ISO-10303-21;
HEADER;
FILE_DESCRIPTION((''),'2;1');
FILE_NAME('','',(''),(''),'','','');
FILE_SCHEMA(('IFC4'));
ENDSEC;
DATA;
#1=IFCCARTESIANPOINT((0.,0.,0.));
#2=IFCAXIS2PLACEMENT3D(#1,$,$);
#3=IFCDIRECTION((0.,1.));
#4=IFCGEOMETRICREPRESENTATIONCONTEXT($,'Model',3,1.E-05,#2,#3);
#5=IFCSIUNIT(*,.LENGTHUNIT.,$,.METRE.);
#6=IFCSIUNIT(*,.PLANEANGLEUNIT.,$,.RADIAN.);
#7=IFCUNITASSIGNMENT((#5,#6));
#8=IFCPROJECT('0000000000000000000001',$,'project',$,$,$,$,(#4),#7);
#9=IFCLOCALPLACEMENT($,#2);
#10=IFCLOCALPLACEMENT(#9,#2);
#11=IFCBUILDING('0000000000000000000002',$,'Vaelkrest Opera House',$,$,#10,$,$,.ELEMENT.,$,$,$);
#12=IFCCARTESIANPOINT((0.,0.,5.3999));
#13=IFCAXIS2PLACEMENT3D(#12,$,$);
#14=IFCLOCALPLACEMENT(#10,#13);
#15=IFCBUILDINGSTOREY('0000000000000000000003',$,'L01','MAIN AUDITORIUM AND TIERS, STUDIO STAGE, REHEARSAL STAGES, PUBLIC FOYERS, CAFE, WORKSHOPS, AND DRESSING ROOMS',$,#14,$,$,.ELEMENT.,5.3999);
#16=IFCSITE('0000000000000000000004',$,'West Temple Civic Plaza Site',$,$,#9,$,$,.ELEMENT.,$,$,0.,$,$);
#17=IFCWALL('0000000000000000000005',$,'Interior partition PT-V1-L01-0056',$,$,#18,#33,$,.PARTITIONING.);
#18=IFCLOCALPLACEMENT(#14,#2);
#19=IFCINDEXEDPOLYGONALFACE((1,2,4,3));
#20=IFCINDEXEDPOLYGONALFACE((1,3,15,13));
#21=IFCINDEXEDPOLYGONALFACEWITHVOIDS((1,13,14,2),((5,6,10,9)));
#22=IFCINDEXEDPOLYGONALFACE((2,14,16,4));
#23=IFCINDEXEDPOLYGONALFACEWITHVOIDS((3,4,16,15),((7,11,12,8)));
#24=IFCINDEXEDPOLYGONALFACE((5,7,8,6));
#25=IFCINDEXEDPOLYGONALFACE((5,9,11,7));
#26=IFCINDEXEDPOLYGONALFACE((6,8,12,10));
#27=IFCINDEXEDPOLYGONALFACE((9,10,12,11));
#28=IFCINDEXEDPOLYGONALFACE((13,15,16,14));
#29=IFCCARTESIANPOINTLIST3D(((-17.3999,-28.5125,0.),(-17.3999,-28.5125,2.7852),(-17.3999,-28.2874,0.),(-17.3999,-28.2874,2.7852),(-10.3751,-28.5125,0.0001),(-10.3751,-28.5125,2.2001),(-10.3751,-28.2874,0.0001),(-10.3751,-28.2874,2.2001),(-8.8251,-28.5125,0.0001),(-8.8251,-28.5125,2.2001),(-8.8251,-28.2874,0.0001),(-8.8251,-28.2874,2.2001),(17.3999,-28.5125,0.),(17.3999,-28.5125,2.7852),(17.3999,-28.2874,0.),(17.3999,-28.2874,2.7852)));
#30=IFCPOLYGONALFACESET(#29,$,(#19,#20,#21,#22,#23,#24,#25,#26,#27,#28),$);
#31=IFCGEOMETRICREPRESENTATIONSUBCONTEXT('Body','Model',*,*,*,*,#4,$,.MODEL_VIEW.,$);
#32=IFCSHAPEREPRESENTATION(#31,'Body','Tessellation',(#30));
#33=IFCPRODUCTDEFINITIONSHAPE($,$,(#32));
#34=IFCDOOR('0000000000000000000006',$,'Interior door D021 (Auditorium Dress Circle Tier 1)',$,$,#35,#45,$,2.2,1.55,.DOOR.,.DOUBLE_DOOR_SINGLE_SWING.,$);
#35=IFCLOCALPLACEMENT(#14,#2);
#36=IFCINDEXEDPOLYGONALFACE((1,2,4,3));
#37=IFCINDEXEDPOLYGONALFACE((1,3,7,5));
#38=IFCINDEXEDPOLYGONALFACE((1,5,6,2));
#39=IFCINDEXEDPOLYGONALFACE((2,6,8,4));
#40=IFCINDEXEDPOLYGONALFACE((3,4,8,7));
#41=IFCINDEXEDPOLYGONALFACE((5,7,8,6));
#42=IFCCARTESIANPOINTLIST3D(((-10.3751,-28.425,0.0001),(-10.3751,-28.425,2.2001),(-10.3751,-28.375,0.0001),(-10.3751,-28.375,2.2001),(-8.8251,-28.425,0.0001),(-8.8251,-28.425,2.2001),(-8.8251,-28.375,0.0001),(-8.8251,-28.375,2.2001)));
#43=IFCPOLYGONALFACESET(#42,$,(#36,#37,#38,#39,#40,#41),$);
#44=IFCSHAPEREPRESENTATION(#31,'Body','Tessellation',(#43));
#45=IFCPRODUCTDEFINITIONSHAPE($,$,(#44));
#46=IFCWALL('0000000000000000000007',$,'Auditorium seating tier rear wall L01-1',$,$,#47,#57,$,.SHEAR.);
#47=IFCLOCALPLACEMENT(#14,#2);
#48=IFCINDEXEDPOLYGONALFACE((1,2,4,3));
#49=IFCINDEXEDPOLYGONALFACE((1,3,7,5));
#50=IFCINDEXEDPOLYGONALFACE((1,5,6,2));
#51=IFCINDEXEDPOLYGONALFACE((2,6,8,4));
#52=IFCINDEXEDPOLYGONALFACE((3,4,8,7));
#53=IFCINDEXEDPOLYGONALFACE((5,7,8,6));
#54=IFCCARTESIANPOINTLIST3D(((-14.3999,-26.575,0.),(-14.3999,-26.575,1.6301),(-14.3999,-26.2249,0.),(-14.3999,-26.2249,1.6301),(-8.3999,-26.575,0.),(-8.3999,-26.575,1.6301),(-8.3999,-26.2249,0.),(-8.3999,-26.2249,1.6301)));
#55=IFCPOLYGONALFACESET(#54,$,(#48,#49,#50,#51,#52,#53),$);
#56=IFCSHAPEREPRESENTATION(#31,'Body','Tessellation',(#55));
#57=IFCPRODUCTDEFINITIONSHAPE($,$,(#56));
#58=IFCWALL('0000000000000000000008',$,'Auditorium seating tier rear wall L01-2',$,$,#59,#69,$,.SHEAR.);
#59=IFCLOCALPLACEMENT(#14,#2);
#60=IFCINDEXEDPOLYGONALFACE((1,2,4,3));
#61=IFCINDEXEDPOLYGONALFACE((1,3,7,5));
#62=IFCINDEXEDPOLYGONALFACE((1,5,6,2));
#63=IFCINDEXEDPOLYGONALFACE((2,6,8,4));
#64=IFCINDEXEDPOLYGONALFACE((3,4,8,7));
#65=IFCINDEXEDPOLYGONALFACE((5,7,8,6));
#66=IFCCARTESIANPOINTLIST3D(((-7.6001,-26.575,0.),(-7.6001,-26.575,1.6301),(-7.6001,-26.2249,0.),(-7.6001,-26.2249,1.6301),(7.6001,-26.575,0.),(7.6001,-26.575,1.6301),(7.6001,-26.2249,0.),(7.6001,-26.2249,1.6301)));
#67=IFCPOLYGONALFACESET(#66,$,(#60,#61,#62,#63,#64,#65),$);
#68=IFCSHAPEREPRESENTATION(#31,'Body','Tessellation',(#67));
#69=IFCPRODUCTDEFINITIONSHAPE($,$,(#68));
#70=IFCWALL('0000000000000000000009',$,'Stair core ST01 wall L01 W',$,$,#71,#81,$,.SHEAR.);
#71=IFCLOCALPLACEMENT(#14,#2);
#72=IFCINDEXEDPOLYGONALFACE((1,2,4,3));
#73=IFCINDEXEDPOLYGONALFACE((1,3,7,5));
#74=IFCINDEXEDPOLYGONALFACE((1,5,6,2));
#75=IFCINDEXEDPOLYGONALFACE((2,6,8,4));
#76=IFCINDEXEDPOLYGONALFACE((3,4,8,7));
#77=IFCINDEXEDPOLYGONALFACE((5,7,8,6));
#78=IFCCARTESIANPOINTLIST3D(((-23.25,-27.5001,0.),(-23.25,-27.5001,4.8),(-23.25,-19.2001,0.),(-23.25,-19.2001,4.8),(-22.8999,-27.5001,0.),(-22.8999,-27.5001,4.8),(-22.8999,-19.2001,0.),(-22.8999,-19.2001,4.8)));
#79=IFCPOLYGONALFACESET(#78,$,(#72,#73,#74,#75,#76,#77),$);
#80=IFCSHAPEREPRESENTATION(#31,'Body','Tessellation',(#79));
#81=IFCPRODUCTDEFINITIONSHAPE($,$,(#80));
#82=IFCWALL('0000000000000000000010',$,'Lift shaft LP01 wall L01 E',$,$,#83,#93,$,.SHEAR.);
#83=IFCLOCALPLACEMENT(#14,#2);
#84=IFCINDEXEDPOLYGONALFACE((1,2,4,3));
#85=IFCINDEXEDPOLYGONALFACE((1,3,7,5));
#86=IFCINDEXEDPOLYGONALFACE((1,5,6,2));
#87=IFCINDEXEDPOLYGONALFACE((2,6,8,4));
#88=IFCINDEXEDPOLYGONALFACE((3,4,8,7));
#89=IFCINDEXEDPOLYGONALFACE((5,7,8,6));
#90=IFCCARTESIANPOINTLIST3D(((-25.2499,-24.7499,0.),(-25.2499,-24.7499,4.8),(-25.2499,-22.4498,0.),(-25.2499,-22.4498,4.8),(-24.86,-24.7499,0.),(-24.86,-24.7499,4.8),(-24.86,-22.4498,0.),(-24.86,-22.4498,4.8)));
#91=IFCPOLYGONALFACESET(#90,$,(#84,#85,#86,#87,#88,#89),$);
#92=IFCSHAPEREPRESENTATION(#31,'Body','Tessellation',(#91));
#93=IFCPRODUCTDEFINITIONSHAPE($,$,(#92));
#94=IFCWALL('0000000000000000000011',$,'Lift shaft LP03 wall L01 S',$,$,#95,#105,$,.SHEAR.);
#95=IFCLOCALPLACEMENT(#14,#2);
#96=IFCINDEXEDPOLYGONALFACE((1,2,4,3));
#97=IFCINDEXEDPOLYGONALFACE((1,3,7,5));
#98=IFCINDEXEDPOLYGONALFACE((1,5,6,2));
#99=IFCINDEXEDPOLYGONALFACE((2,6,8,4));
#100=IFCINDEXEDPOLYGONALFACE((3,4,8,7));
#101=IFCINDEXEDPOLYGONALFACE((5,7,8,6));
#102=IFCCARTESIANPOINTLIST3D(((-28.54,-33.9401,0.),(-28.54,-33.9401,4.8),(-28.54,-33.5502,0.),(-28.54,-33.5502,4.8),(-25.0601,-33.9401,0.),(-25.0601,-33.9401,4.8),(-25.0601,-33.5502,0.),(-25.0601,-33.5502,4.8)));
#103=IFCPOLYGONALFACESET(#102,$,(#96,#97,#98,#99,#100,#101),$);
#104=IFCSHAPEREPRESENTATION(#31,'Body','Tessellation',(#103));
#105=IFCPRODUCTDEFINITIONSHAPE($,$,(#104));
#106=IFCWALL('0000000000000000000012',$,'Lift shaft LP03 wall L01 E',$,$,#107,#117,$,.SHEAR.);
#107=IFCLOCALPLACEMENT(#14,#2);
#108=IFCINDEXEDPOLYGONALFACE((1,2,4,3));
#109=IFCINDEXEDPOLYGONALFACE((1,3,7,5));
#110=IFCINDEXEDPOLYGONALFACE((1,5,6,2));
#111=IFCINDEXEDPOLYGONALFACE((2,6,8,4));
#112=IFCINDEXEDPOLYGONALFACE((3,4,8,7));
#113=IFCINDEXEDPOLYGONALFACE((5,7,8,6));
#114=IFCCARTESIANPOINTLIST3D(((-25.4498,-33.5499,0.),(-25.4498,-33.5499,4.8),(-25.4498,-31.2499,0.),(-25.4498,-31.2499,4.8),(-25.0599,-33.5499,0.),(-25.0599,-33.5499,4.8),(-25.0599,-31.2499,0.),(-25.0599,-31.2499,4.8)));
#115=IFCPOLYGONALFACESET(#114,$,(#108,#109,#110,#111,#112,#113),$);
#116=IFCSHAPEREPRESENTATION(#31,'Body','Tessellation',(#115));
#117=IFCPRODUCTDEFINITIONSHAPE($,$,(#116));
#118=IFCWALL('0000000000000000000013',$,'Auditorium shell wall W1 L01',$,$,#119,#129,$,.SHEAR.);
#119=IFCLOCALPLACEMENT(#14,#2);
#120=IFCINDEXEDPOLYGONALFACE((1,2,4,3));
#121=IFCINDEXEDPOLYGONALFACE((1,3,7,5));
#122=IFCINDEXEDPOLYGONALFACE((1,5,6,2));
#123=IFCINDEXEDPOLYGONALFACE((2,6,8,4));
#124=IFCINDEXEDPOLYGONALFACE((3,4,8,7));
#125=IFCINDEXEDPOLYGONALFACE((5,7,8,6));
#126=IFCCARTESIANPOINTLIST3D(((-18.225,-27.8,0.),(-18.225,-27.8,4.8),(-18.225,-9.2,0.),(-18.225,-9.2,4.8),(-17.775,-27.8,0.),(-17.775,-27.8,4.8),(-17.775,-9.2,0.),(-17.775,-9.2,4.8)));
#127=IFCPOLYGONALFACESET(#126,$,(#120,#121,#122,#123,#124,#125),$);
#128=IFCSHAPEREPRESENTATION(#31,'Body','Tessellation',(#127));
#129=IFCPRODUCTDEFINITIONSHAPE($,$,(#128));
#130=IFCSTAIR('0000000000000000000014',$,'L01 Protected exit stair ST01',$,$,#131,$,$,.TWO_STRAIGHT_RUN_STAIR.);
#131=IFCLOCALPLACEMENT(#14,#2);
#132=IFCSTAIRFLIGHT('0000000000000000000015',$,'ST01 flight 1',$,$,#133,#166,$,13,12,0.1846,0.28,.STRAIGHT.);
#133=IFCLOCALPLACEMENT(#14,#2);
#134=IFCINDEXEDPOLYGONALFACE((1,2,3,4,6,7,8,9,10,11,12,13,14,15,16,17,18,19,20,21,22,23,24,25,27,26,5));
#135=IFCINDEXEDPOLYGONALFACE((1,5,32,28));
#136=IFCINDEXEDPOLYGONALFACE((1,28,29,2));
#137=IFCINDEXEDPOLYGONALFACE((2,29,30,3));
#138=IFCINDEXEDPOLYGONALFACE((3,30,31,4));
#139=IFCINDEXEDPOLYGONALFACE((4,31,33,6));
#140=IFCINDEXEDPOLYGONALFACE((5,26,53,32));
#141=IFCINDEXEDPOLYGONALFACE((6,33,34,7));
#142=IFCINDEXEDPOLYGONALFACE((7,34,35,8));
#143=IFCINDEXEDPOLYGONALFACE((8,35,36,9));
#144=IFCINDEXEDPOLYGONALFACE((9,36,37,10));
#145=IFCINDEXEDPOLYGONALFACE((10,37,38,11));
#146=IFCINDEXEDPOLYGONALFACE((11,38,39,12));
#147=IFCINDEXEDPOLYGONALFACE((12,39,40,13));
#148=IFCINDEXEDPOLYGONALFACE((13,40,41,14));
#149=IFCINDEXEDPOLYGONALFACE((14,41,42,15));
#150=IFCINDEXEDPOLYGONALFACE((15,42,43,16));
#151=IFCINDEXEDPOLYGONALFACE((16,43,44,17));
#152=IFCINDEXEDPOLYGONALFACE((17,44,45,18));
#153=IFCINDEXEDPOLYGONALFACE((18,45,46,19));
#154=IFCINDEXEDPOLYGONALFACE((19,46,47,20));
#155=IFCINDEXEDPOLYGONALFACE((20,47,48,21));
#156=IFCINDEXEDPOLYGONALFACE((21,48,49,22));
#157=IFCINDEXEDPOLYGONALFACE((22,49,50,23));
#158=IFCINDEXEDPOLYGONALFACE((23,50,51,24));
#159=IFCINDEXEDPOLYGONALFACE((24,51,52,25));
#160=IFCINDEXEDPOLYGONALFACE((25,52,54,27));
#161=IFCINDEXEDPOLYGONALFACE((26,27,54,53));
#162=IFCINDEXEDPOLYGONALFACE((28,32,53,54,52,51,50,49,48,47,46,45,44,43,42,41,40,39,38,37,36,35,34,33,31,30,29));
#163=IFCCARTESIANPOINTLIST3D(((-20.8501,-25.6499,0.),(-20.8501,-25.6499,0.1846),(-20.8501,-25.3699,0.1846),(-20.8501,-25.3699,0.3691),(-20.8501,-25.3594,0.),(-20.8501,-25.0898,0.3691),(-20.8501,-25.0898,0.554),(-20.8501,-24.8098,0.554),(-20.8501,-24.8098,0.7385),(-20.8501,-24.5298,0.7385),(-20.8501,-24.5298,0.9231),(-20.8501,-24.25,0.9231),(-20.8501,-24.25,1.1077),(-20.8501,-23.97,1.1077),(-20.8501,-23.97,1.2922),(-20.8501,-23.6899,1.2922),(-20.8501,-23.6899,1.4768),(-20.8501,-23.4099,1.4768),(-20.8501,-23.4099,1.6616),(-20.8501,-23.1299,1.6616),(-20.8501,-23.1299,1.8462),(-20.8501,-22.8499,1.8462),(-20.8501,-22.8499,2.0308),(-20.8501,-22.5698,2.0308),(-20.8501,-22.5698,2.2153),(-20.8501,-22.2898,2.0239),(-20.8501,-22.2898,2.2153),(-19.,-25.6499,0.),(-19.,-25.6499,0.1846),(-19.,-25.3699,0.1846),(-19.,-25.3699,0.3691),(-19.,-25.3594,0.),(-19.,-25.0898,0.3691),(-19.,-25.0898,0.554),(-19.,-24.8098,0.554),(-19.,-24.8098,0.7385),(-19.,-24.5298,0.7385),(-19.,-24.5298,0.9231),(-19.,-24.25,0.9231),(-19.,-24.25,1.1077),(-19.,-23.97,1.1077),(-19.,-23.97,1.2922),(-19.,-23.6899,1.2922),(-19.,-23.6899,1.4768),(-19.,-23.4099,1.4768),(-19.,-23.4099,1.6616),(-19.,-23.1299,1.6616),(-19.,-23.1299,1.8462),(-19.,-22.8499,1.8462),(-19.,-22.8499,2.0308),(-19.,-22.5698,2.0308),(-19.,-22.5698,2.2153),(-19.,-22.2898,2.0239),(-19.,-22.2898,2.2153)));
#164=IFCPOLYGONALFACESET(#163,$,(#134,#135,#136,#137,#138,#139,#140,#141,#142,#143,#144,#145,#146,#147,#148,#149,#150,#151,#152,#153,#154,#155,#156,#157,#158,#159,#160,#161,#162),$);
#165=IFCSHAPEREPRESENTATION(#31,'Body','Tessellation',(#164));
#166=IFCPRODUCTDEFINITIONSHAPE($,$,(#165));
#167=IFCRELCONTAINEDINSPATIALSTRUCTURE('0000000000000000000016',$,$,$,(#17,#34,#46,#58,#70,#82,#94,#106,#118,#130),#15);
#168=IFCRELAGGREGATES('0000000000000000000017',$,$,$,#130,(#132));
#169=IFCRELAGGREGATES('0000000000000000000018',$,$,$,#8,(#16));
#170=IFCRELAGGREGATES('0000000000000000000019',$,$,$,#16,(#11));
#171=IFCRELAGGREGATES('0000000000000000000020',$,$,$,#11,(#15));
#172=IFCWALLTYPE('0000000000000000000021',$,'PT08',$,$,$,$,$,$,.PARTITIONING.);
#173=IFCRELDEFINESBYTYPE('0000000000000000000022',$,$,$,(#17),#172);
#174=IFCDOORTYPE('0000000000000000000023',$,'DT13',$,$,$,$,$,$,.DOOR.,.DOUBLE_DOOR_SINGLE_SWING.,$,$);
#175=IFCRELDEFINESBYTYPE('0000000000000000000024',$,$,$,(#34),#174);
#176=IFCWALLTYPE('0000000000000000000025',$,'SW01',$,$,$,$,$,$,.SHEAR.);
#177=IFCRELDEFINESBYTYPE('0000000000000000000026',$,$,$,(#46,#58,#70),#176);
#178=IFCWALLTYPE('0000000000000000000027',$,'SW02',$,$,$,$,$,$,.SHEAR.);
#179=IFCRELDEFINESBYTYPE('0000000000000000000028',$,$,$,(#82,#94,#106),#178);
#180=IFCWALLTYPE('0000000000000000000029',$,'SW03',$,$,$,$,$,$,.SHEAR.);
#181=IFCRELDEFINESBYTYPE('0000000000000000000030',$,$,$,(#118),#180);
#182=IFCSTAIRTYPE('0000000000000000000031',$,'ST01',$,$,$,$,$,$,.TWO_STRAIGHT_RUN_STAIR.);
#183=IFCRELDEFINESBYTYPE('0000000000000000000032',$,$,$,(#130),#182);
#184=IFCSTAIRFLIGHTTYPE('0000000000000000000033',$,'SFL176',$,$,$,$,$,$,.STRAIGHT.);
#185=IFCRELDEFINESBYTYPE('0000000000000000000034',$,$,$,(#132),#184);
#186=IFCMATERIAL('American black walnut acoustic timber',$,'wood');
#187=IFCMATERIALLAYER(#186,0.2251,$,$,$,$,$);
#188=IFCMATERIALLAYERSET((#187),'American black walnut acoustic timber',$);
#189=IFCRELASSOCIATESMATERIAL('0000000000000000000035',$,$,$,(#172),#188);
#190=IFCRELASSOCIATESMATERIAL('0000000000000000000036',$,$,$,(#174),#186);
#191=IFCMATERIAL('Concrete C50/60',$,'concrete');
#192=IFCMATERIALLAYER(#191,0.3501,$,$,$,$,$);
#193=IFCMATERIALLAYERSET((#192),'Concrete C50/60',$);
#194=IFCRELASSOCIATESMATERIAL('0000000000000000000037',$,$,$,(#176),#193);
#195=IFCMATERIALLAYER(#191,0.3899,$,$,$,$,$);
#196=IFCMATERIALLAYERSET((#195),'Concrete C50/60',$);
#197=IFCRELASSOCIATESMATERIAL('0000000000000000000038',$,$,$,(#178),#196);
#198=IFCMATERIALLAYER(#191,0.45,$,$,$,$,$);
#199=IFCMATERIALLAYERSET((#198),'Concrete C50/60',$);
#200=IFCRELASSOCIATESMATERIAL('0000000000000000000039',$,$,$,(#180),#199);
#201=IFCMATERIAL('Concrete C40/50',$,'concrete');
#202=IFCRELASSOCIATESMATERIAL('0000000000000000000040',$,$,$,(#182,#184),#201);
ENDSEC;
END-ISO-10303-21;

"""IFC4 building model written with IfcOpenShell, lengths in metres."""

from ifc_helpers import new_model, si_unit, direction, frame, frame_2d, origin, place, context, subcontext, project, spatial, polyline, rectangle, outline, extrude, material, layer, layer_set, type_object, element, fill, aggregate, save


model = new_model("IFC4")

# Units and contexts
model_context = context("Model", 3, precision=1e-05, world=origin(), true_north=direction((0.0, 1.0)))
body_context = subcontext(model_context, "Body", "Model", "MODEL_VIEW")
ifc_project = project(units=[si_unit("LENGTHUNIT", "METRE"), si_unit("PLANEANGLEUNIT", "RADIAN")], contexts=[model_context])

# Site, building, storey
site_placement = place(None, origin())
site = spatial("IfcSite", under=ifc_project, at=site_placement, Name="West Temple Civic Plaza Site", CompositionType="ELEMENT", RefElevation=0.0)
building_placement = place(site_placement, origin())
building = spatial("IfcBuilding", under=site, at=building_placement, Name="Vaelkrest Opera House", CompositionType="ELEMENT")
storey_placement = place(building_placement, frame((0.0, 0.0, 5.3999)))
storey = spatial("IfcBuildingStorey", under=building, at=storey_placement, Name="L01", Description="MAIN AUDITORIUM AND TIERS, STUDIO STAGE, REHEARSAL STAGES, PUBLIC FOYERS, CAFE, WORKSHOPS, AND DRESSING ROOMS", CompositionType="ELEMENT", Elevation=5.3999)

# Shared definitions
ifc_material_1 = material(Name="Concrete C50/60", Category="concrete")

# Wall, opening, door
ifc_material_2 = material(Name="American black walnut acoustic timber", Category="wood")
ifc_layer_1 = layer(ifc_material_2, 0.2251)
ifc_layer_set_1 = layer_set([ifc_layer_1], Name="American black walnut acoustic timber")
wall_type_1 = type_object("IfcWallType", Name="PT08", PredefinedType="PARTITIONING", material=ifc_layer_set_1)
wall_1_placement = place(storey_placement, frame((-17.3999, -28.3999, 0.0), z_axis=(0.0, 0.0, 1.0), x_axis=(1.0, 0.0, 0.0)))
wall_1 = element("IfcWall", 1, at=wall_1_placement, inside=storey, type_object=wall_type_1, Name="Interior partition PT-V1-L01-0056", PredefinedType="PARTITIONING", context=body_context, shape_type="SweptSolid", body=[
    extrude(rectangle(XDim=34.7998, YDim=0.2251, at=frame_2d((17.3999, 0.0))), origin(), (0.0, 0.0, 1.0), 2.7852),
])
opening_1_placement = place(wall_1_placement, frame((7.0249, 0.0, 0.0)))
opening_1 = element("IfcOpeningElement", 2, at=opening_1_placement, cuts=wall_1, PredefinedType="OPENING", context=body_context, shape_type="SweptSolid", body=[
    extrude(rectangle(XDim=1.55, YDim=2.2, at=frame_2d((0.7749, 1.1001))), frame((0.0, 0.1226, 0.0), z_axis=(0.0, -1.0, 0.0), x_axis=(1.0, 0.0, 0.0)), (0.0, 0.0, 1.0), 0.2451),
])
door_type_1 = type_object("IfcDoorType", Name="DT13", OperationType="DOUBLE_DOOR_SINGLE_SWING", PredefinedType="DOOR", material=ifc_material_2)
door_1_placement = place(opening_1_placement, origin())
door_1 = element("IfcDoor", 3, at=door_1_placement, inside=storey, type_object=door_type_1, Name="Interior door D021 (Auditorium Dress Circle Tier 1)", OperationType="DOUBLE_DOOR_SINGLE_SWING", OverallHeight=2.2, OverallWidth=1.55, PredefinedType="DOOR", context=body_context, shape_type="SweptSolid", body=[
    extrude(rectangle(XDim=1.55, YDim=2.2, at=frame_2d((0.7749, 1.1001))), frame((0.0, 0.0249, 0.0), z_axis=(0.0, -1.0, 0.0), x_axis=(1.0, 0.0, 0.0)), (0.0, 0.0, 1.0), 0.05),
])
fill(opening_1, door_1)

# Walls
ifc_layer_2 = layer(ifc_material_1, 0.3501)
ifc_layer_set_2 = layer_set([ifc_layer_2], Name="Concrete C50/60")
wall_type_2 = type_object("IfcWallType", Name="SW01", PredefinedType="SHEAR", material=ifc_layer_set_2)
wall_2_placement = place(storey_placement, frame((-14.3999, -26.3999, 0.0), z_axis=(0.0, 0.0, 1.0), x_axis=(1.0, 0.0, 0.0)))
element("IfcWall", 4, at=wall_2_placement, inside=storey, type_object=wall_type_2, Name="Auditorium seating tier rear wall L01-1", PredefinedType="SHEAR", context=body_context, shape_type="SweptSolid", body=[
    extrude(rectangle(XDim=6.0, YDim=0.3501, at=frame_2d((3.0, 0.0))), origin(), (0.0, 0.0, 1.0), 1.6301),
])
wall_3_placement = place(storey_placement, frame((-7.6001, -26.3999, 0.0), z_axis=(0.0, 0.0, 1.0), x_axis=(1.0, 0.0, 0.0)))
element("IfcWall", 5, at=wall_3_placement, inside=storey, type_object=wall_type_2, Name="Auditorium seating tier rear wall L01-2", PredefinedType="SHEAR", context=body_context, shape_type="SweptSolid", body=[
    extrude(rectangle(XDim=15.2002, YDim=0.3501, at=frame_2d((7.6001, 0.0))), origin(), (0.0, 0.0, 1.0), 1.6301),
])

# Wall
wall_4_placement = place(storey_placement, frame((-23.075, -27.5, 0.0), z_axis=(0.0, 0.0, 1.0), x_axis=(0.0, 1.0, 0.0)))
element("IfcWall", 6, at=wall_4_placement, inside=storey, type_object=wall_type_2, Name="Stair core ST01 wall L01 W", PredefinedType="SHEAR", context=body_context, shape_type="SweptSolid", body=[
    extrude(rectangle(XDim=8.3, YDim=0.3501, at=frame_2d((4.1499, 0.0))), origin(), (0.0, 0.0, 1.0), 4.8),
])

# Shared definitions
ifc_layer_3 = layer(ifc_material_1, 0.3899)
ifc_layer_set_3 = layer_set([ifc_layer_3], Name="Concrete C50/60")
wall_type_3 = type_object("IfcWallType", Name="SW02", PredefinedType="SHEAR", material=ifc_layer_set_3)

# Walls
wall_5_placement = place(storey_placement, frame((-25.0549, -22.45, 0.0), z_axis=(0.0, 0.0, 1.0), x_axis=(0.0, -1.0, 0.0)))
element("IfcWall", 7, at=wall_5_placement, inside=storey, type_object=wall_type_3, Name="Lift shaft LP01 wall L01 E", PredefinedType="SHEAR", context=body_context, shape_type="SweptSolid", body=[
    extrude(rectangle(XDim=2.3, YDim=0.3899, at=frame_2d((1.1499, 0.0))), origin(), (0.0, 0.0, 1.0), 4.8),
])
wall_6_placement = place(storey_placement, frame((-25.0601, -33.7451, 0.0), z_axis=(0.0, 0.0, 1.0), x_axis=(-1.0, 0.0, 0.0)))
element("IfcWall", 8, at=wall_6_placement, inside=storey, type_object=wall_type_3, Name="Lift shaft LP03 wall L01 S", PredefinedType="SHEAR", context=body_context, shape_type="SweptSolid", body=[
    extrude(rectangle(XDim=3.48, YDim=0.3899, at=frame_2d((1.74, 0.0))), origin(), (0.0, 0.0, 1.0), 4.8),
])
wall_7_placement = place(storey_placement, frame((-25.2549, -31.25, 0.0), z_axis=(0.0, 0.0, 1.0), x_axis=(0.0, -1.0, 0.0)))
element("IfcWall", 9, at=wall_7_placement, inside=storey, type_object=wall_type_3, Name="Lift shaft LP03 wall L01 E", PredefinedType="SHEAR", context=body_context, shape_type="SweptSolid", body=[
    extrude(rectangle(XDim=2.3, YDim=0.3899, at=frame_2d((1.1499, 0.0))), origin(), (0.0, 0.0, 1.0), 4.8),
])
ifc_layer_4 = layer(ifc_material_1, 0.45)
ifc_layer_set_4 = layer_set([ifc_layer_4], Name="Concrete C50/60")
wall_type_4 = type_object("IfcWallType", Name="SW03", PredefinedType="SHEAR", material=ifc_layer_set_4)
wall_8_placement = place(storey_placement, frame((-18.0, -27.8, 0.0), z_axis=(0.0, 0.0, 1.0), x_axis=(0.0, 1.0, 0.0)))
element("IfcWall", 10, at=wall_8_placement, inside=storey, type_object=wall_type_4, Name="Auditorium shell wall W1 L01", PredefinedType="SHEAR", context=body_context, shape_type="SweptSolid", body=[
    extrude(rectangle(XDim=18.6001, YDim=0.45, at=frame_2d((9.3, 0.0))), origin(), (0.0, 0.0, 1.0), 4.8),
])

# Stair, stair flight
ifc_material_3 = material(Name="Concrete C40/50", Category="concrete")
stair_type = type_object("IfcStairType", Name="ST01", PredefinedType="TWO_STRAIGHT_RUN_STAIR", material=ifc_material_3)
stair_placement = place(storey_placement, origin())
stair = element("IfcStair", 11, at=stair_placement, inside=storey, type_object=stair_type, Name="L01 Protected exit stair ST01", PredefinedType="TWO_STRAIGHT_RUN_STAIR")
stair_flight_type = type_object("IfcStairFlightType", Name="SFL176", PredefinedType="STRAIGHT", material=ifc_material_3)
stair_flight_1_placement = place(storey_placement, frame((-19.925, -25.6499, 0.0), z_axis=(0.0, 0.0, 1.0), x_axis=(0.0, 1.0, 0.0)))
stair_flight_1 = element("IfcStairFlight", 12, at=stair_flight_1_placement, type_object=stair_flight_type, Name="ST01 flight 1", NumberOfRisers=13, NumberOfTreads=12, PredefinedType="STRAIGHT", RiserHeight=0.1846, TreadLength=0.28, context=body_context, shape_type="SweptSolid", body=[
    extrude(outline(polyline([(0.0, 0.0), (0.0, 0.1846), (0.28, 0.1846), (0.28, 0.3691), (0.5601, 0.3691), (0.5601, 0.554), (0.8401, 0.554), (0.8401, 0.7385), (1.1201, 0.7385), (1.1201, 0.9231), (1.3999, 0.9231), (1.3999, 1.1077), (1.6799, 1.1077), (1.6799, 1.2922), (1.96, 1.2922), (1.96, 1.4768), (2.24, 1.4768), (2.24, 1.6616), (2.52, 1.6616), (2.52, 1.8462), (2.8, 1.8462), (2.8, 2.0308), (3.0801, 2.0308), (3.0801, 2.2153), (3.3601, 2.2153), (3.3601, 2.3999), (3.3601, 2.0239), (0.2905, 0.0), (0.0, 0.0)])), frame((0.0, 0.925, 0.0), z_axis=(0.0, -1.0, 0.0), x_axis=(1.0, 0.0, 0.0)), (0.0, 0.0, 1.0), 1.8501),
])
aggregate(stair, [stair_flight_1])

save(model, "model.ifc")
